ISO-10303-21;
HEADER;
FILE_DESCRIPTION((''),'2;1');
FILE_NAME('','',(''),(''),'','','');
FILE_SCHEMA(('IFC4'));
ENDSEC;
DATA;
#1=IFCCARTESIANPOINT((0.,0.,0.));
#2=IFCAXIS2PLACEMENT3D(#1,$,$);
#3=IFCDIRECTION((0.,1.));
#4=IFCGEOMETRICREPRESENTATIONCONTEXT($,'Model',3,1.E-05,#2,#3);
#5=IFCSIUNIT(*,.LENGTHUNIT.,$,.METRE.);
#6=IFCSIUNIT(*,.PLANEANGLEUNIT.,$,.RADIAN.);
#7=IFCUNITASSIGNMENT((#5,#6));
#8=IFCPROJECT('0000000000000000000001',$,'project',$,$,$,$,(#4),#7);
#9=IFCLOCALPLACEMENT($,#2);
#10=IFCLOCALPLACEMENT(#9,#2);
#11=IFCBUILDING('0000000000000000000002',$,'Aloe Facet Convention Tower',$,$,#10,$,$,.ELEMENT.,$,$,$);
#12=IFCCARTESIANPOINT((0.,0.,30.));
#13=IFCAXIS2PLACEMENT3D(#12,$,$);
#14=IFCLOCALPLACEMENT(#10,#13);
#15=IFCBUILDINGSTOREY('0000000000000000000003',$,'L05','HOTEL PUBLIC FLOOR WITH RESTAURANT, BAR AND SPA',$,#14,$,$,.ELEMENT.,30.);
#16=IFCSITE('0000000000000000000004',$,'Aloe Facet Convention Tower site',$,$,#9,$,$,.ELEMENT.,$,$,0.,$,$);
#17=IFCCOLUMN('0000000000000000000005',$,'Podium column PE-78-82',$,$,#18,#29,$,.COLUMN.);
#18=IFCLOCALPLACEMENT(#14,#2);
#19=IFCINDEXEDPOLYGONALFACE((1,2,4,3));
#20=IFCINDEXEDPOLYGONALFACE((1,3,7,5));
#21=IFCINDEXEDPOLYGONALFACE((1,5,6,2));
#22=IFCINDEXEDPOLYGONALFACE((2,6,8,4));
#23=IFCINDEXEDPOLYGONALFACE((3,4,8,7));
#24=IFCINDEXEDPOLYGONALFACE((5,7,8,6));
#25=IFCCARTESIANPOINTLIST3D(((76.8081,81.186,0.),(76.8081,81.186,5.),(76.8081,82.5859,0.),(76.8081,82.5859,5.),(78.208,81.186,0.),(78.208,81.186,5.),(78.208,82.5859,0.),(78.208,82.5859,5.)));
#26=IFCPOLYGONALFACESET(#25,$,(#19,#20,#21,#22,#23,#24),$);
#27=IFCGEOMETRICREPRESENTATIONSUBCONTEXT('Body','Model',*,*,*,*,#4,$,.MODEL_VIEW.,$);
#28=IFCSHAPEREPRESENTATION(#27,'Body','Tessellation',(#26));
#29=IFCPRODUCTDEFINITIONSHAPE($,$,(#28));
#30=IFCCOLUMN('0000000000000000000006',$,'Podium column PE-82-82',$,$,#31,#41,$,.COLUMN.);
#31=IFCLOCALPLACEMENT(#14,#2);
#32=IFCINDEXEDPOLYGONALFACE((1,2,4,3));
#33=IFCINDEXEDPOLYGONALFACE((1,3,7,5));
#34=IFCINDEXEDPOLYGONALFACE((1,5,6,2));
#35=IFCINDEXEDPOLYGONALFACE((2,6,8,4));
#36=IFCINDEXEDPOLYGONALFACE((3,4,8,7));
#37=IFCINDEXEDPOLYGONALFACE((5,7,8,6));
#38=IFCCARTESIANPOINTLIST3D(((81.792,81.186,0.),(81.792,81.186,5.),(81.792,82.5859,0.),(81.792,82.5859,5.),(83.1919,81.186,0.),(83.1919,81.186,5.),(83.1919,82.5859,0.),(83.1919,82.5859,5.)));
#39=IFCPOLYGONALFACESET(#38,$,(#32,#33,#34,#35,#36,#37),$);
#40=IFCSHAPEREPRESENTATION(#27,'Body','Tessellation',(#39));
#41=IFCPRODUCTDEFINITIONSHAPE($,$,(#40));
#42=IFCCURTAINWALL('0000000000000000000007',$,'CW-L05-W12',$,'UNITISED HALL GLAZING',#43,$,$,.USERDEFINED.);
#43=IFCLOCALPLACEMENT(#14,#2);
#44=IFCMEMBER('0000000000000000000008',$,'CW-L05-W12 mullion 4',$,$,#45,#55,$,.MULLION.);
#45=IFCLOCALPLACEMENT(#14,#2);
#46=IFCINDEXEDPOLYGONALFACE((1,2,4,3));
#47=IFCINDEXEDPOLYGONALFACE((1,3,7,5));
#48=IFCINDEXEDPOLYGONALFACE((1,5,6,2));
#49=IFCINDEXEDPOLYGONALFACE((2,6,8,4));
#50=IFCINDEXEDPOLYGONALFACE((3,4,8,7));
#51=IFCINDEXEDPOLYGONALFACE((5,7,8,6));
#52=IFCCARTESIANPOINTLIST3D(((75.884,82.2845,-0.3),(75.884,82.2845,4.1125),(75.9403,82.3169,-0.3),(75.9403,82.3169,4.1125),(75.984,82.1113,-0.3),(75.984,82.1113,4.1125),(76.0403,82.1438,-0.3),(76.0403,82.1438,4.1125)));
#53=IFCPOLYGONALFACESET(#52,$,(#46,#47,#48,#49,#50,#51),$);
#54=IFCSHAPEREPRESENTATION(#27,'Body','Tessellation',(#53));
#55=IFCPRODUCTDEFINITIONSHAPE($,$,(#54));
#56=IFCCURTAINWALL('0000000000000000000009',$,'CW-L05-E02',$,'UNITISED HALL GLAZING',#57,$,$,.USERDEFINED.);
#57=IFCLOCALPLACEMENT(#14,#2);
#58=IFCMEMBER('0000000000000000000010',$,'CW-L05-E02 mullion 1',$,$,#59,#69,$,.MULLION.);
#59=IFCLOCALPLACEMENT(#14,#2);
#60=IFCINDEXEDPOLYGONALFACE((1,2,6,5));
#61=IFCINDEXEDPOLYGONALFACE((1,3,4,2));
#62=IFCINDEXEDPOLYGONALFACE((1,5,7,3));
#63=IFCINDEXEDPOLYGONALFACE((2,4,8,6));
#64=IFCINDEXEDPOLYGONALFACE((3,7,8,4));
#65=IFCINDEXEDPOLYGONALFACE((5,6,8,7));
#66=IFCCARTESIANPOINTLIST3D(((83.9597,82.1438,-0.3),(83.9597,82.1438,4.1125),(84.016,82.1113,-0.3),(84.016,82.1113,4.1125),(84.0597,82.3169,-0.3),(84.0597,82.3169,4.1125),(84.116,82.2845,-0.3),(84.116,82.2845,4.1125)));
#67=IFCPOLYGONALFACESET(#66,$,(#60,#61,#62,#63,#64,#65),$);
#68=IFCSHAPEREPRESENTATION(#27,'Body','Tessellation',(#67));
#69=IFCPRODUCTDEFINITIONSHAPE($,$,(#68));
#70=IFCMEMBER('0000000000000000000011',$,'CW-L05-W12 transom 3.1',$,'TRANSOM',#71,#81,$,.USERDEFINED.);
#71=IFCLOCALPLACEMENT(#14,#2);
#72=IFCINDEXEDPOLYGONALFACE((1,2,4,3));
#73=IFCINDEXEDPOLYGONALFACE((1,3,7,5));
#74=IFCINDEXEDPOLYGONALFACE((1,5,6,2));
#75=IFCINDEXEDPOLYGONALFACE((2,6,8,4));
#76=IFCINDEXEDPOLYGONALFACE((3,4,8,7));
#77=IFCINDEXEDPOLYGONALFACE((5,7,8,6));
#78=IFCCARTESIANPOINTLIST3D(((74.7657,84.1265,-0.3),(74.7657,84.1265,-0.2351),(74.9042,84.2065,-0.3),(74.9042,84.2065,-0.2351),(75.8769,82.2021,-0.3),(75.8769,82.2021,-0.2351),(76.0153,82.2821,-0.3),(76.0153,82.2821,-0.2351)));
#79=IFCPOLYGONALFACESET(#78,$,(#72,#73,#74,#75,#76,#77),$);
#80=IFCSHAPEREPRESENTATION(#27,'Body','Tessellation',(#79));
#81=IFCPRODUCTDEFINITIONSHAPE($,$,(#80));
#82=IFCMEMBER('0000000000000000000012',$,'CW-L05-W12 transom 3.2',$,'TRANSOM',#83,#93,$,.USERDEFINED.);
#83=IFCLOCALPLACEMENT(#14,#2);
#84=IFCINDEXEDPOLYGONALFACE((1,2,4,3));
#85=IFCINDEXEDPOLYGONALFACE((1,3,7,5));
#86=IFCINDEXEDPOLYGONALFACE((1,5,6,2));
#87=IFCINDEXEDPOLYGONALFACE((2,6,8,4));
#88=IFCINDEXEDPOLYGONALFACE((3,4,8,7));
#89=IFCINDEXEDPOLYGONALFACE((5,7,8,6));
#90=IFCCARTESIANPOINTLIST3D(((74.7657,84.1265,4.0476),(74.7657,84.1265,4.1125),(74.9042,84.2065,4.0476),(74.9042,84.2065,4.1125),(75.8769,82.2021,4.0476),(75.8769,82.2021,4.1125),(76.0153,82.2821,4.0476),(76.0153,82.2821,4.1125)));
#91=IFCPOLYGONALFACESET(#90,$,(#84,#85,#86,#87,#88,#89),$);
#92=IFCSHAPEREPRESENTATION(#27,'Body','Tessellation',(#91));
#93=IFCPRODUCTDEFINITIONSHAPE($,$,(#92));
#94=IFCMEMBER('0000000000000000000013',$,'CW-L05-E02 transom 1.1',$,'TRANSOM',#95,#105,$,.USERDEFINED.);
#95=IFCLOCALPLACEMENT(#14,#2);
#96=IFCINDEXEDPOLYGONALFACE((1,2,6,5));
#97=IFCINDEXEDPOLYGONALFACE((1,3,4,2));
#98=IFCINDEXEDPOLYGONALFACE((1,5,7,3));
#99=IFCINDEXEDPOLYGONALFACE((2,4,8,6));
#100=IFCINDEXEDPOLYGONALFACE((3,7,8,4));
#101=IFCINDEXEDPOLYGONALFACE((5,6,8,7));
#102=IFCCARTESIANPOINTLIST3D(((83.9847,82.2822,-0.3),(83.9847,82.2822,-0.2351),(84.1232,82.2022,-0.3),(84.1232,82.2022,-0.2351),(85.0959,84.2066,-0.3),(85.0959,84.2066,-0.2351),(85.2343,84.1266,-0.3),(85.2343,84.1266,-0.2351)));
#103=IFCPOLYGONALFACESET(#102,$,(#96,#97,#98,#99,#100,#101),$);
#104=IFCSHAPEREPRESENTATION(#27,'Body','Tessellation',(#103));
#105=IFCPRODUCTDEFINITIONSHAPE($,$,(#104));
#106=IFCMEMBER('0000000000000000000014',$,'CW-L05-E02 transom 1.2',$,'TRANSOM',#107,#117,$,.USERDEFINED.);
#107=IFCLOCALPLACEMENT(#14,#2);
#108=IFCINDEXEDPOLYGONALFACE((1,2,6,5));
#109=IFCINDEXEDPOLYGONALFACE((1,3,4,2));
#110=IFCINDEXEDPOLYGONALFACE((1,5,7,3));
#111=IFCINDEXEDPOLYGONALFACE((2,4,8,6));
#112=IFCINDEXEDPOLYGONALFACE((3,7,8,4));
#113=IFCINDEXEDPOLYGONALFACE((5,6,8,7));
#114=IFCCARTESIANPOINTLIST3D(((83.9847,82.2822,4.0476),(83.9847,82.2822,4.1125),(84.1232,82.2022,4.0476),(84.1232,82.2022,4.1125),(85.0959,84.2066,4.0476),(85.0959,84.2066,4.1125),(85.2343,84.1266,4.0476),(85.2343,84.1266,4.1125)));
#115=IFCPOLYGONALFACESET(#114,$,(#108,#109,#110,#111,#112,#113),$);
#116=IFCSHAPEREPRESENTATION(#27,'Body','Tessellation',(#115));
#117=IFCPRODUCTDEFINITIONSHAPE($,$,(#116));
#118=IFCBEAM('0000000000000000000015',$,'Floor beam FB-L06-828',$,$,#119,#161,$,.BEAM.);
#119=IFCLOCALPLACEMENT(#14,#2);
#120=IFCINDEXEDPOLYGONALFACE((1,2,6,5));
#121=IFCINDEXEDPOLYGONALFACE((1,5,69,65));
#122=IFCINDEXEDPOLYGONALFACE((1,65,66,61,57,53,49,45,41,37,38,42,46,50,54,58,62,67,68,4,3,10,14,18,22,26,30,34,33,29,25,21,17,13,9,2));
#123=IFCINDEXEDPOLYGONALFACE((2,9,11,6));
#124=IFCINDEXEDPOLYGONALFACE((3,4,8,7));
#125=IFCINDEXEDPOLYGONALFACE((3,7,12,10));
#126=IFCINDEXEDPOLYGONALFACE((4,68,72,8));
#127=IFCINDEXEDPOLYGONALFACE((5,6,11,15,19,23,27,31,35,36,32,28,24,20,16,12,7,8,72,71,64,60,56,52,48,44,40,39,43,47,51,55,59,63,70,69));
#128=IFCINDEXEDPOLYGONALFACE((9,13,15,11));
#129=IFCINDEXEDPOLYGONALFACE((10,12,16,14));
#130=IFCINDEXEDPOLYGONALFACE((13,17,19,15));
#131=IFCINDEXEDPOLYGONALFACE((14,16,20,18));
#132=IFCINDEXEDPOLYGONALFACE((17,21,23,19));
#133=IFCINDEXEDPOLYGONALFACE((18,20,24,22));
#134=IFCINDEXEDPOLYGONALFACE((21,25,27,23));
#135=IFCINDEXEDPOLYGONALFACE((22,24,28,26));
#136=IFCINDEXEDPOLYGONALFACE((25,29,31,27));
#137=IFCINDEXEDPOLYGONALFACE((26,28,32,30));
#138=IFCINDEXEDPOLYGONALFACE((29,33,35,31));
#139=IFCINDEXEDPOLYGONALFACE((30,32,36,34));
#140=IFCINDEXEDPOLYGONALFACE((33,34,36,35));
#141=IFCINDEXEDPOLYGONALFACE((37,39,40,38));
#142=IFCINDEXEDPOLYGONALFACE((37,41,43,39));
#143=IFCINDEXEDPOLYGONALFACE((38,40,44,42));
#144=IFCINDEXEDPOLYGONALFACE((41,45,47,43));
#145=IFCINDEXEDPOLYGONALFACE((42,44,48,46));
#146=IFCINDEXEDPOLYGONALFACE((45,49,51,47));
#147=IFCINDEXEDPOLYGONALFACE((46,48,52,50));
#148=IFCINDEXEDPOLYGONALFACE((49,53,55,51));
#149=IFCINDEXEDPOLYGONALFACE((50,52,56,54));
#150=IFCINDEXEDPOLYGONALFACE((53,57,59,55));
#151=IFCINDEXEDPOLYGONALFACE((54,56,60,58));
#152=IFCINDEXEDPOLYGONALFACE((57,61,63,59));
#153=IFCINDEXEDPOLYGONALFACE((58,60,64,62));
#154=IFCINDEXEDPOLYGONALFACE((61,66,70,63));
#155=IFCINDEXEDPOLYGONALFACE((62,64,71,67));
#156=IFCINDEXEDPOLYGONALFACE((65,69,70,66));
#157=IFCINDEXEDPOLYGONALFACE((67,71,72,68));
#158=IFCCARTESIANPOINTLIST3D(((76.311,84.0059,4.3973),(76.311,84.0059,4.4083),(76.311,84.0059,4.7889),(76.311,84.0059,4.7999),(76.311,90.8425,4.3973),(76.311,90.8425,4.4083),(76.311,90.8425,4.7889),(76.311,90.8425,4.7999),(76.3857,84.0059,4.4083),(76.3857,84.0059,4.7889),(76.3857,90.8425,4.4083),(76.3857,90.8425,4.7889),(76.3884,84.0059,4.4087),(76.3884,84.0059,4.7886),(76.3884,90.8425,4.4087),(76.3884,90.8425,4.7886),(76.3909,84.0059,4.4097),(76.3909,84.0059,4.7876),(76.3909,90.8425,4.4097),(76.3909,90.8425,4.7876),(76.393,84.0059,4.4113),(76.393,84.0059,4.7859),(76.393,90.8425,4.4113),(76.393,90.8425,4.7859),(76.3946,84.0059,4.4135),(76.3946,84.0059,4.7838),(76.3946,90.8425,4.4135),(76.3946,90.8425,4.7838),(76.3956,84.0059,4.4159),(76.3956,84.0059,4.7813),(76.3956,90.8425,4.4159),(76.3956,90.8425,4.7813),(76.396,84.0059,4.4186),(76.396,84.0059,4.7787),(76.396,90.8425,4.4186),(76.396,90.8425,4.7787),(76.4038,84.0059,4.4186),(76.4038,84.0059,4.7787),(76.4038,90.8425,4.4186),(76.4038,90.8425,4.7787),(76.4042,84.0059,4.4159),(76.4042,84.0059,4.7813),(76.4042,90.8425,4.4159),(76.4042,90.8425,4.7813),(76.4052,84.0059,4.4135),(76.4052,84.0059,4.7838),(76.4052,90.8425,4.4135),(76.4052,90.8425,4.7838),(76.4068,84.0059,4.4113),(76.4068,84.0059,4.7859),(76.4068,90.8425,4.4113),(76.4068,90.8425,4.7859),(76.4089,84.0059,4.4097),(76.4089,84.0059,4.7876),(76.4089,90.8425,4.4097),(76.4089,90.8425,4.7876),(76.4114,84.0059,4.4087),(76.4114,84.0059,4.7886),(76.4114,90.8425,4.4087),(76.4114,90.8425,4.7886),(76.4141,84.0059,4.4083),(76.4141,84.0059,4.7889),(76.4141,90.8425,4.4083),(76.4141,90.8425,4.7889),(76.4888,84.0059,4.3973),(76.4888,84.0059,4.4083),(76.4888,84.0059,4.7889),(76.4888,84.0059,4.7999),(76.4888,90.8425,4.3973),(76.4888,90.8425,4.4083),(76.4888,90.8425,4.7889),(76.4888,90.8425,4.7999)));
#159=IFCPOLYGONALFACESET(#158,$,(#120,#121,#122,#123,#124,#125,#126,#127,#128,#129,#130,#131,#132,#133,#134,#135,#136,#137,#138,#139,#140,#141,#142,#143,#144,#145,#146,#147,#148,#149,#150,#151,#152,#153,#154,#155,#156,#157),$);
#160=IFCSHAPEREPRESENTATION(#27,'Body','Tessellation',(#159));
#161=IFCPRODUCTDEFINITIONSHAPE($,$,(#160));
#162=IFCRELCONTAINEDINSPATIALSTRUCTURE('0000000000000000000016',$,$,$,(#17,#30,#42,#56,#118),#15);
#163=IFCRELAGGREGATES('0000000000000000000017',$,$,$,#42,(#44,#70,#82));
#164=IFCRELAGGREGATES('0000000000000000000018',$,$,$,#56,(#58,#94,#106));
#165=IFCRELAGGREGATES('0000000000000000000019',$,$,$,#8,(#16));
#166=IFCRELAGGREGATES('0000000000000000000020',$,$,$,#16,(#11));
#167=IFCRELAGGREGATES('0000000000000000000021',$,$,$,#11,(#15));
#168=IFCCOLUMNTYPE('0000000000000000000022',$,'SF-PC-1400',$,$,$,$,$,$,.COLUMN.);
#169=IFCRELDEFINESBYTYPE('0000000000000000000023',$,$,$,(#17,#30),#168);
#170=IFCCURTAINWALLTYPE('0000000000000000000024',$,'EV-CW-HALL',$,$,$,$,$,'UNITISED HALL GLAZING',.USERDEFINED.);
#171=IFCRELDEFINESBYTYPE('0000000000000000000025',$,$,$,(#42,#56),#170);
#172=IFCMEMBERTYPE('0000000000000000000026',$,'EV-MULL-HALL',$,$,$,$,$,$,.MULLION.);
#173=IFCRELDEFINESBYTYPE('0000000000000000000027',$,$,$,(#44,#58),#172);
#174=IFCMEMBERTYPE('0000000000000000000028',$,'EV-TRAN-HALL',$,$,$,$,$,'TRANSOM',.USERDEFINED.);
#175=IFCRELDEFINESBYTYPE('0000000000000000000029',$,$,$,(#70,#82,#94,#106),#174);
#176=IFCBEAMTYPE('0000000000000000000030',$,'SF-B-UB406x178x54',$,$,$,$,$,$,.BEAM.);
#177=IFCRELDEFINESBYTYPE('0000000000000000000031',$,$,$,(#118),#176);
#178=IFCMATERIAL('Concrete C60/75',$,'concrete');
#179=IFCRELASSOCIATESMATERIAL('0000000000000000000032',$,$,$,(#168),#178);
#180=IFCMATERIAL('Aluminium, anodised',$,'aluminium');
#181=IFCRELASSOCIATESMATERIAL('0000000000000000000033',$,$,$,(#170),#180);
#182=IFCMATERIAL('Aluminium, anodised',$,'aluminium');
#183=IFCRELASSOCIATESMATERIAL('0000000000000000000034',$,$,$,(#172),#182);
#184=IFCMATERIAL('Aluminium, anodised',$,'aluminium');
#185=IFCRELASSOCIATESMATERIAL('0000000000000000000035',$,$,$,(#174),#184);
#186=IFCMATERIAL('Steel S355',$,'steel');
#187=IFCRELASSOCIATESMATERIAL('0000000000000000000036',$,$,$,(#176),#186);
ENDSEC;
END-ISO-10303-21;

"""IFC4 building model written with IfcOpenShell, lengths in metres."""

from ifc_helpers import new_model, si_unit, direction, frame, origin, origin_2d, place, context, subcontext, project, spatial, rectangle, i_section, extrude, material, material_profile, profile_set, type_object, element, aggregate, save


model = new_model("IFC4")

# Units and contexts
model_context = context("Model", 3, precision=1e-05, world=origin(), true_north=direction((0.0, 1.0)))
body_context = subcontext(model_context, "Body", "Model", "MODEL_VIEW")
ifc_project = project(units=[si_unit("LENGTHUNIT", "METRE"), si_unit("PLANEANGLEUNIT", "RADIAN")], contexts=[model_context])

# Site, building, storey
site_placement = place(None, origin())
site = spatial("IfcSite", under=ifc_project, at=site_placement, Name="Aloe Facet Convention Tower site", CompositionType="ELEMENT", RefElevation=0.0)
building_placement = place(site_placement, origin())
building = spatial("IfcBuilding", under=site, at=building_placement, Name="Aloe Facet Convention Tower", CompositionType="ELEMENT")
storey_placement = place(building_placement, frame((0.0, 0.0, 30.0)))
storey = spatial("IfcBuildingStorey", under=building, at=storey_placement, Name="L05", Description="HOTEL PUBLIC FLOOR WITH RESTAURANT, BAR AND SPA", CompositionType="ELEMENT", Elevation=30.0)

# Columns
ifc_material_1 = material(Name="Concrete C60/75", Category="concrete")
ifc_material_profile_1 = material_profile(ifc_material_1, rectangle(XDim=1.3999, YDim=1.3999, at=origin_2d()), Name="SF-PC-1400")
ifc_profile_set_1 = profile_set([ifc_material_profile_1], Name="Concrete C60/75")
column_type = type_object("IfcColumnType", Name="SF-PC-1400", PredefinedType="COLUMN", material=ifc_profile_set_1)
for number, where, z_axis, x_axis, name in (
    (1, (77.5081, 81.886, 0.0), (0.0, 0.0, 1.0), (1.0, 0.0, 0.0), "Podium column PE-78-82"),
    (2, (82.4919, 81.886, 0.0), (0.0, 0.0, 1.0), (1.0, 0.0, 0.0), "Podium column PE-82-82"),
):
    element("IfcColumn", number, at=place(storey_placement, frame(where, z_axis=z_axis, x_axis=x_axis)), inside=storey, type_object=column_type, Name=name, PredefinedType="COLUMN", context=body_context, shape_type="SweptSolid", body=[
        extrude(rectangle(XDim=1.3999, YDim=1.3999, at=origin_2d()), origin(), (0.0, 0.0, 1.0), 5.0),
    ])

# Curtain walls, members
ifc_material_2 = material(Name="Aluminium, anodised", Category="aluminium")
curtain_wall_type = type_object("IfcCurtainWallType", Name="EV-CW-HALL", ElementType="UNITISED HALL GLAZING", PredefinedType="USERDEFINED", material=ifc_material_2)
curtain_wall_1_placement = place(storey_placement, origin())
curtain_wall_1 = element("IfcCurtainWall", 3, at=curtain_wall_1_placement, inside=storey, type_object=curtain_wall_type, Name="CW-L05-W12", ObjectType="UNITISED HALL GLAZING", PredefinedType="USERDEFINED")
ifc_material_3 = material(Name="Aluminium, anodised", Category="aluminium")
ifc_material_profile_2 = material_profile(ifc_material_3, rectangle(XDim=0.0649, YDim=0.2, at=origin_2d()), Name="AL 65x200")
ifc_profile_set_2 = profile_set([ifc_material_profile_2], Name="Aluminium, anodised")
member_type_1 = type_object("IfcMemberType", Name="EV-MULL-HALL", PredefinedType="MULLION", material=ifc_profile_set_2)
member_1_placement = place(storey_placement, frame((75.9622, 82.2141, -0.3), z_axis=(0.0, 0.0, 1.0), x_axis=(0.866025, 0.5, 0.0)))
member_1 = element("IfcMember", 4, at=member_1_placement, type_object=member_type_1, Name="CW-L05-W12 mullion 4", PredefinedType="MULLION", context=body_context, shape_type="SweptSolid", body=[
    extrude(rectangle(XDim=0.0649, YDim=0.2, at=origin_2d()), origin(), (0.0, 0.0, 1.0), 4.4126),
])
curtain_wall_2_placement = place(storey_placement, origin())
curtain_wall_2 = element("IfcCurtainWall", 5, at=curtain_wall_2_placement, inside=storey, type_object=curtain_wall_type, Name="CW-L05-E02", ObjectType="UNITISED HALL GLAZING", PredefinedType="USERDEFINED")
member_2_placement = place(storey_placement, frame((84.0378, 82.2141, -0.3), z_axis=(0.0, 0.0, 1.0), x_axis=(-0.866025, 0.5, 0.0)))
member_2 = element("IfcMember", 6, at=member_2_placement, type_object=member_type_1, Name="CW-L05-E02 mullion 1", PredefinedType="MULLION", context=body_context, shape_type="SweptSolid", body=[
    extrude(rectangle(XDim=0.0649, YDim=0.2, at=origin_2d()), origin(), (0.0, 0.0, 1.0), 4.4126),
])

# Members
ifc_material_4 = material(Name="Aluminium, anodised", Category="aluminium")
ifc_material_profile_3 = material_profile(ifc_material_4, rectangle(XDim=0.1599, YDim=0.0649, at=origin_2d()), Name="AL 160x65")
ifc_profile_set_3 = profile_set([ifc_material_profile_3], Name="Aluminium, anodised")
member_type_2 = type_object("IfcMemberType", Name="EV-TRAN-HALL", ElementType="TRANSOM", PredefinedType="USERDEFINED", material=ifc_profile_set_3)
member_3_placement = place(storey_placement, frame((74.835, 84.1665, -0.2676), z_axis=(0.500027, -0.86601, 0.0), x_axis=(0.86601, 0.500027, 0.0)))
member_3 = element("IfcMember", 7, at=member_3_placement, type_object=member_type_2, Name="CW-L05-W12 transom 3.1", ObjectType="TRANSOM", PredefinedType="USERDEFINED", context=body_context, shape_type="SweptSolid", body=[
    extrude(rectangle(XDim=0.1599, YDim=0.0649, at=origin_2d()), origin(), (0.0, 0.0, 1.0), 2.2222),
])
member_4_placement = place(storey_placement, frame((74.835, 84.1665, 4.0801), z_axis=(0.500027, -0.86601, 0.0), x_axis=(0.86601, 0.500027, 0.0)))
member_4 = element("IfcMember", 8, at=member_4_placement, type_object=member_type_2, Name="CW-L05-W12 transom 3.2", ObjectType="TRANSOM", PredefinedType="USERDEFINED", context=body_context, shape_type="SweptSolid", body=[
    extrude(rectangle(XDim=0.1599, YDim=0.0649, at=origin_2d()), origin(), (0.0, 0.0, 1.0), 2.2222),
])
member_5_placement = place(storey_placement, frame((84.054, 82.2422, -0.2676), z_axis=(0.500027, 0.86601, 0.0), x_axis=(-0.86601, 0.500027, 0.0)))
member_5 = element("IfcMember", 9, at=member_5_placement, type_object=member_type_2, Name="CW-L05-E02 transom 1.1", ObjectType="TRANSOM", PredefinedType="USERDEFINED", context=body_context, shape_type="SweptSolid", body=[
    extrude(rectangle(XDim=0.1599, YDim=0.0649, at=origin_2d()), origin(), (0.0, 0.0, 1.0), 2.2222),
])
member_6_placement = place(storey_placement, frame((84.054, 82.2422, 4.0801), z_axis=(0.500027, 0.86601, 0.0), x_axis=(-0.86601, 0.500027, 0.0)))
member_6 = element("IfcMember", 10, at=member_6_placement, type_object=member_type_2, Name="CW-L05-E02 transom 1.2", ObjectType="TRANSOM", PredefinedType="USERDEFINED", context=body_context, shape_type="SweptSolid", body=[
    extrude(rectangle(XDim=0.1599, YDim=0.0649, at=origin_2d()), origin(), (0.0, 0.0, 1.0), 2.2222),
])

# Beam
ifc_material_5 = material(Name="Steel S355", Category="steel")
ifc_material_profile_4 = material_profile(ifc_material_5, i_section(OverallWidth=0.1777, OverallDepth=0.4026, WebThickness=0.0078, FlangeThickness=0.011, FilletRadius=0.0103, at=origin_2d()), Name="UB 406x178x54")
ifc_profile_set_4 = profile_set([ifc_material_profile_4], Name="Steel S355")
beam_type_1 = type_object("IfcBeamType", Name="SF-B-UB406x178x54", PredefinedType="BEAM", material=ifc_profile_set_4)
beam_1_placement = place(storey_placement, frame((76.3999, 84.0059, 4.5986), z_axis=(0.0, 1.0, 0.0), x_axis=(-1.0, 0.0, 0.0)))
element("IfcBeam", 11, at=beam_1_placement, inside=storey, type_object=beam_type_1, Name="Floor beam FB-L06-828", PredefinedType="BEAM", context=body_context, shape_type="SweptSolid", body=[
    extrude(i_section(OverallWidth=0.1777, OverallDepth=0.4026, WebThickness=0.0078, FlangeThickness=0.011, FilletRadius=0.0103, at=origin_2d()), origin(), (0.0, 0.0, 1.0), 6.8367),
])

aggregate(curtain_wall_1, [member_1, member_3, member_4])
aggregate(curtain_wall_2, [member_2, member_5, member_6])

save(model, "model.ifc")
